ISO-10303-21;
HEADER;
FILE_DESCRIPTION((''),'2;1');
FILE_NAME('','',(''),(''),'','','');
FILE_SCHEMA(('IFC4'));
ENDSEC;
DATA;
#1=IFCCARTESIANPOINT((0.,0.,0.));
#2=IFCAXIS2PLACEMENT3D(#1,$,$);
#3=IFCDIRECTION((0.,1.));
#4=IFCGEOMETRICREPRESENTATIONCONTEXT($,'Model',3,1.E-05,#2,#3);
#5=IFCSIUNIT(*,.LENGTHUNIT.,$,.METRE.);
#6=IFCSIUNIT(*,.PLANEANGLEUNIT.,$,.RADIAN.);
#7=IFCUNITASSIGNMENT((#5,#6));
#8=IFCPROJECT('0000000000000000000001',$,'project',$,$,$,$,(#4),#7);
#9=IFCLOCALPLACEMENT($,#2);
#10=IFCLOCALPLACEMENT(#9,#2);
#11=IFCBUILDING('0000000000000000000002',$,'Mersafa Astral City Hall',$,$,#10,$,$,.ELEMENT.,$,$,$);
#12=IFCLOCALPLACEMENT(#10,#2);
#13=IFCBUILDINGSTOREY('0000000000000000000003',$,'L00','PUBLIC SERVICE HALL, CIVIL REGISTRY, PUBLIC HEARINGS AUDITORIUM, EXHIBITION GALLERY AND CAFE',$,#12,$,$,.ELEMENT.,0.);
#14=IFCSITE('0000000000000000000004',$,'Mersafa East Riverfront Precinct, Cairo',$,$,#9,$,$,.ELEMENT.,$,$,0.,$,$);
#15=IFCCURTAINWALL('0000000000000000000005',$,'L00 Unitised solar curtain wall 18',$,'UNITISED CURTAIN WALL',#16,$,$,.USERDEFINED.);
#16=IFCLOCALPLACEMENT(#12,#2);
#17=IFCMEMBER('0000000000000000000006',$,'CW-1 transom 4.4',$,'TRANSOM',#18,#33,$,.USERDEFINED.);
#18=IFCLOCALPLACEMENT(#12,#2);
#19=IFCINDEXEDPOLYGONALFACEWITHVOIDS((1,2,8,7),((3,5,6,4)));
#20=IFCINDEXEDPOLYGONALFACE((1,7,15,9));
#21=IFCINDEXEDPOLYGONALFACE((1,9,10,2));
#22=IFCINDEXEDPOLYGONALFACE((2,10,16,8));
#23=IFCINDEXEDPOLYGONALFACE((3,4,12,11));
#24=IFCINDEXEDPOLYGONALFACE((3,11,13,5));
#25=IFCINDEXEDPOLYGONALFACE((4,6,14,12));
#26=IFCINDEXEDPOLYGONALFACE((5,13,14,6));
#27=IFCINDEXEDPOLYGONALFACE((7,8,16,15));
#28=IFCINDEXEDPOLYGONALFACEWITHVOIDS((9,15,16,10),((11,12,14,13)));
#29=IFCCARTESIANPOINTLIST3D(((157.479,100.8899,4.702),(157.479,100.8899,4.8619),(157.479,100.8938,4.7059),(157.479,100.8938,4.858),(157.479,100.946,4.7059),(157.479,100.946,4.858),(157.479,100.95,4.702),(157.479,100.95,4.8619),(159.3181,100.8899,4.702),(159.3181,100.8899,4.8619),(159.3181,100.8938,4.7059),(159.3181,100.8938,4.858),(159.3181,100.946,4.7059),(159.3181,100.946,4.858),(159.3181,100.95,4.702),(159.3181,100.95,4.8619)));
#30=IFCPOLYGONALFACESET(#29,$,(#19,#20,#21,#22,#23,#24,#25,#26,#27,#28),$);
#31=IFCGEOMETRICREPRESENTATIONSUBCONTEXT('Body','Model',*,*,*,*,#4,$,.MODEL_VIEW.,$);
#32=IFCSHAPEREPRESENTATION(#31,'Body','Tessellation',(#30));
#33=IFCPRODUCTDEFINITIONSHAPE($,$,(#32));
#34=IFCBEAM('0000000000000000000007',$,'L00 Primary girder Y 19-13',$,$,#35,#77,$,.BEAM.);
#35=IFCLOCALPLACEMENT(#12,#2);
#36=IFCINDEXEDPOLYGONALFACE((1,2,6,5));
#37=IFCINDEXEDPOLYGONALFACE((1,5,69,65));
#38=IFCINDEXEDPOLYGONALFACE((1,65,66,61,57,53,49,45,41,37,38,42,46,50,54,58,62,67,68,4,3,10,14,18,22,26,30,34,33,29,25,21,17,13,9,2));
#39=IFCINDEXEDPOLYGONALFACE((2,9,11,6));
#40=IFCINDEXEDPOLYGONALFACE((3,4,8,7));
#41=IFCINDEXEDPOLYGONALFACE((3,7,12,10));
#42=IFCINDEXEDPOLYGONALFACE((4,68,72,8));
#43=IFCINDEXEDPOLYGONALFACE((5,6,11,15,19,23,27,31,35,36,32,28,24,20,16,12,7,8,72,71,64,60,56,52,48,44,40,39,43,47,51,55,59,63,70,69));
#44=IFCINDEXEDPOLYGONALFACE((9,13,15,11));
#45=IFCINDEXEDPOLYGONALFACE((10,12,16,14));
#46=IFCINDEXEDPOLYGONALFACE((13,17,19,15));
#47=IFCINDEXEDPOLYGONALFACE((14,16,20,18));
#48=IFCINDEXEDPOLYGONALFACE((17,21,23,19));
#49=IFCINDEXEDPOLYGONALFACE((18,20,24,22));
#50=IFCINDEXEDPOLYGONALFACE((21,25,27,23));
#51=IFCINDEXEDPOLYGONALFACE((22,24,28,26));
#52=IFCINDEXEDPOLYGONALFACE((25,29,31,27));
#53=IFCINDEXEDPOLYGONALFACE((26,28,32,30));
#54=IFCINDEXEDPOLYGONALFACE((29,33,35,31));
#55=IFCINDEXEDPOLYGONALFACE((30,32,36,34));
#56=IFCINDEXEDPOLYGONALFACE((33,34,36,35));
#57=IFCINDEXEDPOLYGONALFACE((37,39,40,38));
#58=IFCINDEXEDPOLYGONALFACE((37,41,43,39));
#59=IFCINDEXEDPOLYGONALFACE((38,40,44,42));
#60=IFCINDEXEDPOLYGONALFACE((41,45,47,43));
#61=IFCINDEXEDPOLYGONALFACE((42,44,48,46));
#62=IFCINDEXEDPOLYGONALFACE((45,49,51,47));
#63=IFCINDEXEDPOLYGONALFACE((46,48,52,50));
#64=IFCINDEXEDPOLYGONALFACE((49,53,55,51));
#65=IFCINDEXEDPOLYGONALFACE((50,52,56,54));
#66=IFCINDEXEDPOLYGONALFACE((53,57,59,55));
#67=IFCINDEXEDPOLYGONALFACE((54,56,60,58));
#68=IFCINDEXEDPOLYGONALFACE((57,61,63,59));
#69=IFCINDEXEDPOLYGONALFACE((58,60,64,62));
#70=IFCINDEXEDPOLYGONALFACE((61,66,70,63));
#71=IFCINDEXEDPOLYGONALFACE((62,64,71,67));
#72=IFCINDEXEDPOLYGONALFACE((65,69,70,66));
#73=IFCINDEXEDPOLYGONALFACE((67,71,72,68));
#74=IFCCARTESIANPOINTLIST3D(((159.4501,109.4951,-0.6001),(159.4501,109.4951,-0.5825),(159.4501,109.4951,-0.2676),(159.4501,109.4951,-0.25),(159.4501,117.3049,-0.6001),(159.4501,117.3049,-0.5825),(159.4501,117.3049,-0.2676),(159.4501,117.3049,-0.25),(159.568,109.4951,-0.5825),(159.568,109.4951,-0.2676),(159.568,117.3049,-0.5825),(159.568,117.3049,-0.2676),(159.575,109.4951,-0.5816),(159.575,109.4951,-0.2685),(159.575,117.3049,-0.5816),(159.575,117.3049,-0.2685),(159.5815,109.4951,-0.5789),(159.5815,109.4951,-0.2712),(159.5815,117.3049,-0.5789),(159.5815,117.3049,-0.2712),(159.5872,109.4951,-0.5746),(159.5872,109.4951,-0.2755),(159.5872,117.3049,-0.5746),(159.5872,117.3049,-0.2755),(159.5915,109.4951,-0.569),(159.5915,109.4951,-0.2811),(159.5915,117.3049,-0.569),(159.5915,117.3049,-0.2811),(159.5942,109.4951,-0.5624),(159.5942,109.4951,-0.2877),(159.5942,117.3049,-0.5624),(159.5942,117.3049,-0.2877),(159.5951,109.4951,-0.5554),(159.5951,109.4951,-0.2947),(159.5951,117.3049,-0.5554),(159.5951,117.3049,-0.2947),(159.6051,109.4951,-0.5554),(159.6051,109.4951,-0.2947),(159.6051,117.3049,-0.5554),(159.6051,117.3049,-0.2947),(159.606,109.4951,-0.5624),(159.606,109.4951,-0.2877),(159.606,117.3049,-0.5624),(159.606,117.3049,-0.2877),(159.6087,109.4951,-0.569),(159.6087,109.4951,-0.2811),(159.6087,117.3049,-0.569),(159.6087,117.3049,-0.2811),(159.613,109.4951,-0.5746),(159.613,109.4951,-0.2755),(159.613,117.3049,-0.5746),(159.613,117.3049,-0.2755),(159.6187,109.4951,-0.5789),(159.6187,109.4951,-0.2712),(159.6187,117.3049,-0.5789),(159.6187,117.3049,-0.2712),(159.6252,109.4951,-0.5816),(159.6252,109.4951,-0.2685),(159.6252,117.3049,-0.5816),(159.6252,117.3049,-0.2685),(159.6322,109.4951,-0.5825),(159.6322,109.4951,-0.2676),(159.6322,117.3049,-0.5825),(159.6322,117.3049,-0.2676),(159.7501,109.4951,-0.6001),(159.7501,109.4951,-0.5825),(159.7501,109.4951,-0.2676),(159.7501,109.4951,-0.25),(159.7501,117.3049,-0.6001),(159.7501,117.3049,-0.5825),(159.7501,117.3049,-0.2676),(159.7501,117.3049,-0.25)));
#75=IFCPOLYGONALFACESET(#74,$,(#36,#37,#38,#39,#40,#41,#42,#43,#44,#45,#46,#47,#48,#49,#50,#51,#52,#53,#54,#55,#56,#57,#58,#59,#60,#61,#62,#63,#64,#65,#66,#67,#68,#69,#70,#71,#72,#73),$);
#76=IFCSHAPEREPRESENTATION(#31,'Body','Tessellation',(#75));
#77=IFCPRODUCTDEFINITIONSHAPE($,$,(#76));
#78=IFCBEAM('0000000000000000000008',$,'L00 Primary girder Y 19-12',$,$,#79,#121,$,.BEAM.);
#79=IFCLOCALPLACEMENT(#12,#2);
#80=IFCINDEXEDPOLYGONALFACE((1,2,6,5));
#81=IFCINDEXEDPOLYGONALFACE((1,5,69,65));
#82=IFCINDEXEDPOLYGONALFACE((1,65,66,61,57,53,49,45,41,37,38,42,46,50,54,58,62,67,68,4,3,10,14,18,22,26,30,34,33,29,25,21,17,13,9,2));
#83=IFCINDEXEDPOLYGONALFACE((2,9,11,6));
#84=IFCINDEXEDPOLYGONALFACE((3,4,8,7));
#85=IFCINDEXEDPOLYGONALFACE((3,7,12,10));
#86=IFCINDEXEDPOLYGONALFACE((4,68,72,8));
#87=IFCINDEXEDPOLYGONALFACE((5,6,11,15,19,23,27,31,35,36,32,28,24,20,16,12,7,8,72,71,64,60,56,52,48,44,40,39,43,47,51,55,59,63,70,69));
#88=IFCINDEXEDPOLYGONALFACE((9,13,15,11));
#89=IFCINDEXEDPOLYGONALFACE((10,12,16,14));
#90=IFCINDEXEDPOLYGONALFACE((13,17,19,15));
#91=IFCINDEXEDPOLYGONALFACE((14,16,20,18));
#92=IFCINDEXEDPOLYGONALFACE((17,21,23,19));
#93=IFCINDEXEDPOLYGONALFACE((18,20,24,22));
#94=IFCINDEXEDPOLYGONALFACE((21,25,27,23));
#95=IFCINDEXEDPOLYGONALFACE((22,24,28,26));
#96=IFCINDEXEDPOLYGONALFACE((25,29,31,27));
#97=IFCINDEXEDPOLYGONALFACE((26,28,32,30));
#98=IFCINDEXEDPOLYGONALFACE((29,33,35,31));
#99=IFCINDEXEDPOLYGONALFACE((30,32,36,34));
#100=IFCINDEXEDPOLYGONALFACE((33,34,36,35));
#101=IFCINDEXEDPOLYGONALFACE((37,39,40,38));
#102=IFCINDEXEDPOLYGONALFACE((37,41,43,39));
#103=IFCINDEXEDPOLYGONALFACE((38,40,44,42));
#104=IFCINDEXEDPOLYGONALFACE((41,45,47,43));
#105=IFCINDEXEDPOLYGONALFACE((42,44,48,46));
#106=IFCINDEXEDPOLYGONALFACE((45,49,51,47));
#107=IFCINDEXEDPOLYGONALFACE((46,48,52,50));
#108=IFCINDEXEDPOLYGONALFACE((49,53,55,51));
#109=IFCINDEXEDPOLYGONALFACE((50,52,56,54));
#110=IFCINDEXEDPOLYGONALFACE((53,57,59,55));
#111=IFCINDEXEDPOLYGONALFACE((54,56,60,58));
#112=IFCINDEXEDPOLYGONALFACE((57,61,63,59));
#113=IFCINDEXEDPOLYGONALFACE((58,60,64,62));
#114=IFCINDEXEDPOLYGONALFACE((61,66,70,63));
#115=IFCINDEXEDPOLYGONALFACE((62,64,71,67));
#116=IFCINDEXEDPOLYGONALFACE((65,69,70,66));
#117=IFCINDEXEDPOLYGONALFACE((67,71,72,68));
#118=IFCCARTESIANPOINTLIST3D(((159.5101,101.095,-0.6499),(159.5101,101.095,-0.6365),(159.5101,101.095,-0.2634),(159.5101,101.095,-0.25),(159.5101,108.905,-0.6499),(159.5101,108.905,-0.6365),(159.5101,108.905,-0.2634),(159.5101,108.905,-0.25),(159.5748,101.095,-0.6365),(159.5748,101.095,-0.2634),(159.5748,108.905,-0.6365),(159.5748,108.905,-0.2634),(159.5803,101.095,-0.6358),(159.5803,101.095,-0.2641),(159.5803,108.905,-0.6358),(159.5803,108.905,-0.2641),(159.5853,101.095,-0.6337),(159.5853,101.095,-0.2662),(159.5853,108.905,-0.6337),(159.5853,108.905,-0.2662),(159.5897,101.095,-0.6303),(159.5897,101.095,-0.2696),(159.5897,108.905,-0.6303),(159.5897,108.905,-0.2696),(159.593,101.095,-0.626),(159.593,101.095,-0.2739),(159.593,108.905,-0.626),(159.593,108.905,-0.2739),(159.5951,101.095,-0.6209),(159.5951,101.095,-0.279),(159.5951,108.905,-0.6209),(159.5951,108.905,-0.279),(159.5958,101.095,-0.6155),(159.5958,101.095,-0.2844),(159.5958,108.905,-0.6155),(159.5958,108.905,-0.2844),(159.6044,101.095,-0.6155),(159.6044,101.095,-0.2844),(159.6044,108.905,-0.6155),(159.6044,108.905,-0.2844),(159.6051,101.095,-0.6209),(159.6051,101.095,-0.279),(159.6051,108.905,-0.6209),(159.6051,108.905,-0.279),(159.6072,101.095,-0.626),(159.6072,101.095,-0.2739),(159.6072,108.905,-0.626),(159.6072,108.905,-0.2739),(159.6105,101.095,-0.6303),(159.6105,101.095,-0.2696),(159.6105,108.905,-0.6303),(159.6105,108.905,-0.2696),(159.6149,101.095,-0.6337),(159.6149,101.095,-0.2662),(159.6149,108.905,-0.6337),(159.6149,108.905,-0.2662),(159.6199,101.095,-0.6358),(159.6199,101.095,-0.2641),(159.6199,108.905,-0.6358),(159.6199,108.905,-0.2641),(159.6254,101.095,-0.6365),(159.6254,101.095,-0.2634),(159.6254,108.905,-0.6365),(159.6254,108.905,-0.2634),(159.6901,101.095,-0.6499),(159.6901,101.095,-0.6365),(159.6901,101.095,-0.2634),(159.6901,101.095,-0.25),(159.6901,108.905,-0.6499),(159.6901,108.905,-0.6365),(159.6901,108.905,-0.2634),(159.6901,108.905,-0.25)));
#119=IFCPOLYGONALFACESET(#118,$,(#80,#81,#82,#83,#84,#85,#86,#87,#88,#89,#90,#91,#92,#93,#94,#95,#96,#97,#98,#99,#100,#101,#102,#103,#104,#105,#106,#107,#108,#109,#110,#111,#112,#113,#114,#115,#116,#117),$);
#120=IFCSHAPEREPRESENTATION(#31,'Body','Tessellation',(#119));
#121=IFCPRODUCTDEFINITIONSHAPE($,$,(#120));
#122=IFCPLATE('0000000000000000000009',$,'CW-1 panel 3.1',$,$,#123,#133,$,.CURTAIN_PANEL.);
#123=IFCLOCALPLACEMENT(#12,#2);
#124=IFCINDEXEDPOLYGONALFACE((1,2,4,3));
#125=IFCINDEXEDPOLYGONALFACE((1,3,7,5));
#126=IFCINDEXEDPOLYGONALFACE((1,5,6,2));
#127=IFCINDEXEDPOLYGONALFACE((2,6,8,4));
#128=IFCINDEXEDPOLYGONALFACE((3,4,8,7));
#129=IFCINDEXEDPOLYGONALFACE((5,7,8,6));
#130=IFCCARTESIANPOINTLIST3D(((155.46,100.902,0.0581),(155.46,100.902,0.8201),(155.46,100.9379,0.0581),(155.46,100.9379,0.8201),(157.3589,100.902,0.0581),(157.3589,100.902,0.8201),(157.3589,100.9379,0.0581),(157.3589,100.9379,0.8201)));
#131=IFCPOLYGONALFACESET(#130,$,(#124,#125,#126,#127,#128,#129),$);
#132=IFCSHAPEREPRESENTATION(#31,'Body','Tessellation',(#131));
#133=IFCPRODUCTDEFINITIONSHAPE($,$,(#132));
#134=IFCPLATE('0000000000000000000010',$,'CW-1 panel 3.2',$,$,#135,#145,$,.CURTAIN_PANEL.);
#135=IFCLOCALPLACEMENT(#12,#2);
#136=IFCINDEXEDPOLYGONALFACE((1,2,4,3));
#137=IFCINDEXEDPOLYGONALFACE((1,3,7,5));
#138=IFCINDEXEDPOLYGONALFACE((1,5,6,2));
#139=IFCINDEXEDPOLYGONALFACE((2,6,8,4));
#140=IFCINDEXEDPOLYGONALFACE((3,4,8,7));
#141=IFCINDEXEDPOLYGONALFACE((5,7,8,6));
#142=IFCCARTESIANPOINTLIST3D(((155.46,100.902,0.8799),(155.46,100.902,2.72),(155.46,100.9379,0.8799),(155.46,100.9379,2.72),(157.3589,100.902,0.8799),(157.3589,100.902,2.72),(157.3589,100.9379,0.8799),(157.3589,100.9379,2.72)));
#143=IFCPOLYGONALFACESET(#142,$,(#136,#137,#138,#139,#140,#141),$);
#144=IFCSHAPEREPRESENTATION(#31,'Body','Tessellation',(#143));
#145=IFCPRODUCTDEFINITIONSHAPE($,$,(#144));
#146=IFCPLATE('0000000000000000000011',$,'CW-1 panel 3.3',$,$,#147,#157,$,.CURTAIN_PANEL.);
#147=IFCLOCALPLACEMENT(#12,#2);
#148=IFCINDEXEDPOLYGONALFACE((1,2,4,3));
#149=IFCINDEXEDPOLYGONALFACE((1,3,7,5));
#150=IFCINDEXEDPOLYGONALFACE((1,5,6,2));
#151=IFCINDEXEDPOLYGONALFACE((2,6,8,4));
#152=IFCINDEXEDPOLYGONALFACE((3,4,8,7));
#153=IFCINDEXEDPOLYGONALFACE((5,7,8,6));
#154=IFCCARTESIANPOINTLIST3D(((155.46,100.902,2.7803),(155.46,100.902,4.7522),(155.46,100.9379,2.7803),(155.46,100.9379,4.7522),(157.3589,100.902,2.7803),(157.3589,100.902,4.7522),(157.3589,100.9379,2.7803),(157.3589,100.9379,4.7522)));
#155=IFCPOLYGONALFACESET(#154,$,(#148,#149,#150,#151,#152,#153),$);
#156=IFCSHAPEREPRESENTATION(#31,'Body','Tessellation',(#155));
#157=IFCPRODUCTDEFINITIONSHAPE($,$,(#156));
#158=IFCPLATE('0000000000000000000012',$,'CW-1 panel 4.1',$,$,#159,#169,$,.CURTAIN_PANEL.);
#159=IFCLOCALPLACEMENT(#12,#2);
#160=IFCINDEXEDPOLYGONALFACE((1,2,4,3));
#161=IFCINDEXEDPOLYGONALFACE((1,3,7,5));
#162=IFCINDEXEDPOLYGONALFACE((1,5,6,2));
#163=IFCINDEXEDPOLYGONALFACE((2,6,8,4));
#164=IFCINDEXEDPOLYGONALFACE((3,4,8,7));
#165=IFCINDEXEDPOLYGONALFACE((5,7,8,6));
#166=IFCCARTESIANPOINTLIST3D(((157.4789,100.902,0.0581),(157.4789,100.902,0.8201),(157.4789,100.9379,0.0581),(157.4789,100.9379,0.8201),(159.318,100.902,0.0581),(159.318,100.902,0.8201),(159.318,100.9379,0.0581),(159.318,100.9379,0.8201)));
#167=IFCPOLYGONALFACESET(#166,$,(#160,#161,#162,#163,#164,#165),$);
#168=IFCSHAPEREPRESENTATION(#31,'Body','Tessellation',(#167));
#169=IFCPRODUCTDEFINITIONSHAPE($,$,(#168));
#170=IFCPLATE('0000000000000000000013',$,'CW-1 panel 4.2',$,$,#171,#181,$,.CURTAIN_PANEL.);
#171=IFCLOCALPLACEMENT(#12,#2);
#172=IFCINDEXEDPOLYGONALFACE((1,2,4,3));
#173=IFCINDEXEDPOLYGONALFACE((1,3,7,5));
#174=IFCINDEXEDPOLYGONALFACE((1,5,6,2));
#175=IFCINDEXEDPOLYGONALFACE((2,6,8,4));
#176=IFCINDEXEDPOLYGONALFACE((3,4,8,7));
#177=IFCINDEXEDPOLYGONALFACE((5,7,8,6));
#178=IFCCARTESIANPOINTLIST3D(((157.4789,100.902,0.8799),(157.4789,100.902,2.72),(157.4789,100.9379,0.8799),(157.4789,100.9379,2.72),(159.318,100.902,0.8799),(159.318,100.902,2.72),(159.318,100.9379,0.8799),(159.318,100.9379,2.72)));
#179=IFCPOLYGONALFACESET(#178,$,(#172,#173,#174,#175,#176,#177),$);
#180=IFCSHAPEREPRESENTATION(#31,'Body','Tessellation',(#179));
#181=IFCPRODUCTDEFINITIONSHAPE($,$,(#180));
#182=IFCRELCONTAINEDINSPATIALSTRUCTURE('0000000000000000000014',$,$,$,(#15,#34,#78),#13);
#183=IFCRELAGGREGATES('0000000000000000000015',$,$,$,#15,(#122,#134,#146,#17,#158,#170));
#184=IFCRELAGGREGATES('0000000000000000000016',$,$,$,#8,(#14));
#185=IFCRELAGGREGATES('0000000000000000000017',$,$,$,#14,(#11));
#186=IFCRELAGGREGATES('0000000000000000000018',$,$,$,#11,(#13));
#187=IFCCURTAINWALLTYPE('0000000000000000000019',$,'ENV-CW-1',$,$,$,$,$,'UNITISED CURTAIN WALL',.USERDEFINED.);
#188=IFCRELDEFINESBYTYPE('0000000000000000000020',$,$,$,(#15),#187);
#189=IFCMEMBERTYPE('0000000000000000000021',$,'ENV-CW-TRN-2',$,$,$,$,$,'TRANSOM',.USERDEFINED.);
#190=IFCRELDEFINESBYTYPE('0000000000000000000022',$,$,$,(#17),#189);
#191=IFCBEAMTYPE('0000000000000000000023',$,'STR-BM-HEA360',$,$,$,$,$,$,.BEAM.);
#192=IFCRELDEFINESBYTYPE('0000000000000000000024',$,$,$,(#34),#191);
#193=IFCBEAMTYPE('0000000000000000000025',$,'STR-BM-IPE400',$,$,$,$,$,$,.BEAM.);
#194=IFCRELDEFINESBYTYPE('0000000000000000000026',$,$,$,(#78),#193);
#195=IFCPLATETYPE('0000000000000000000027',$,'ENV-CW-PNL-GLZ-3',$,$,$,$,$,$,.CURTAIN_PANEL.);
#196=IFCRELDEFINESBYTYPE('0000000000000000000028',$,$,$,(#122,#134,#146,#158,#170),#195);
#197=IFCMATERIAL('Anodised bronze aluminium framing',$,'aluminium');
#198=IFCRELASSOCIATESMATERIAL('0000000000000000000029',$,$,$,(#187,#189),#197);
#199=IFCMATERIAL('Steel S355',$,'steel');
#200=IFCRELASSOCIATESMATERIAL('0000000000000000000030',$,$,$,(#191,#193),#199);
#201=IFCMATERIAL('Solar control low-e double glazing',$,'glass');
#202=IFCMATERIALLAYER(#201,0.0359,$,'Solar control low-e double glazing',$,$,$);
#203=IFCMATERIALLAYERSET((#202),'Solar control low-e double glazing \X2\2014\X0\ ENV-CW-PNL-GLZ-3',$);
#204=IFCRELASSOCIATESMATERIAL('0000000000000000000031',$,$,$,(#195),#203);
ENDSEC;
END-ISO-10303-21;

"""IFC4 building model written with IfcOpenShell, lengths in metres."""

from ifc_helpers import new_model, si_unit, direction, frame, origin, origin_2d, place, context, subcontext, project, spatial, rectangle, hollow_rectangle, i_section, extrude, material, layer, layer_set, material_profile, profile_set, type_object, element, aggregate, save


model = new_model("IFC4")

# Units and contexts
model_context = context("Model", 3, precision=1e-05, world=origin(), true_north=direction((0.0, 1.0)))
body_context = subcontext(model_context, "Body", "Model", "MODEL_VIEW")
ifc_project = project(units=[si_unit("LENGTHUNIT", "METRE"), si_unit("PLANEANGLEUNIT", "RADIAN")], contexts=[model_context])

# Site, building, storey
site_placement = place(None, origin())
site = spatial("IfcSite", under=ifc_project, at=site_placement, Name="Mersafa East Riverfront Precinct, Cairo", CompositionType="ELEMENT", RefElevation=0.0)
building_placement = place(site_placement, origin())
building = spatial("IfcBuilding", under=site, at=building_placement, Name="Mersafa Astral City Hall", CompositionType="ELEMENT")
storey_placement = place(building_placement, origin())
storey = spatial("IfcBuildingStorey", under=building, at=storey_placement, Name="L00", Description="PUBLIC SERVICE HALL, CIVIL REGISTRY, PUBLIC HEARINGS AUDITORIUM, EXHIBITION GALLERY AND CAFE", CompositionType="ELEMENT", Elevation=0.0)

# Shared definitions
ifc_material_1 = material(Name="Steel S355", Category="steel")

# Curtain wall, member
ifc_material_2 = material(Name="Anodised bronze aluminium framing", Category="aluminium")
curtain_wall_type = type_object("IfcCurtainWallType", Name="ENV-CW-1", ElementType="UNITISED CURTAIN WALL", PredefinedType="USERDEFINED", material=ifc_material_2)
curtain_wall_placement = place(storey_placement, origin())
curtain_wall = element("IfcCurtainWall", 1, at=curtain_wall_placement, inside=storey, type_object=curtain_wall_type, Name="L00 Unitised solar curtain wall 18", ObjectType="UNITISED CURTAIN WALL", PredefinedType="USERDEFINED")
ifc_material_profile_1 = material_profile(ifc_material_2, hollow_rectangle(XDim=0.0601, YDim=0.1599, WallThickness=0.0039, at=origin_2d()), Name="RHS 60x160x4")
ifc_profile_set_1 = profile_set([ifc_material_profile_1], Name="Anodised bronze aluminium framing")
member_type_1 = type_object("IfcMemberType", Name="ENV-CW-TRN-2", ElementType="TRANSOM", PredefinedType="USERDEFINED", material=ifc_profile_set_1)
member_1_placement = place(storey_placement, frame((157.479, 100.9199, 4.782), z_axis=(1.0, 0.0, 0.0), x_axis=(0.0, 1.0, 0.0)))
member_1 = element("IfcMember", 2, at=member_1_placement, type_object=member_type_1, Name="CW-1 transom 4.4", ObjectType="TRANSOM", PredefinedType="USERDEFINED", context=body_context, shape_type="SweptSolid", body=[
    extrude(hollow_rectangle(XDim=0.0601, YDim=0.1599, WallThickness=0.0039, at=origin_2d()), origin(), (0.0, 0.0, 1.0), 1.8391),
])

# Beams
ifc_material_profile_2 = material_profile(ifc_material_1, i_section(OverallWidth=0.3, OverallDepth=0.3501, WebThickness=0.01, FlangeThickness=0.0176, FilletRadius=0.0271, at=origin_2d()), Name="HEA 360")
ifc_profile_set_2 = profile_set([ifc_material_profile_2], Name="Steel S355")
beam_type_1 = type_object("IfcBeamType", Name="STR-BM-HEA360", PredefinedType="BEAM", material=ifc_profile_set_2)
beam_1_placement = place(storey_placement, frame((159.6001, 109.4951, -0.425), z_axis=(0.0, 1.0, 0.0), x_axis=(-1.0, 0.0, 0.0)))
element("IfcBeam", 3, at=beam_1_placement, inside=storey, type_object=beam_type_1, Name="L00 Primary girder Y 19-13", PredefinedType="BEAM", context=body_context, shape_type="SweptSolid", body=[
    extrude(i_section(OverallWidth=0.3, OverallDepth=0.3501, WebThickness=0.01, FlangeThickness=0.0176, FilletRadius=0.0271, at=origin_2d()), origin(), (0.0, 0.0, 1.0), 7.8098),
])
ifc_material_profile_3 = material_profile(ifc_material_1, i_section(OverallWidth=0.1799, OverallDepth=0.3999, WebThickness=0.0085, FlangeThickness=0.0134, FilletRadius=0.021, at=origin_2d()), Name="IPE 400")
ifc_profile_set_3 = profile_set([ifc_material_profile_3], Name="Steel S355")
beam_type_2 = type_object("IfcBeamType", Name="STR-BM-IPE400", PredefinedType="BEAM", material=ifc_profile_set_3)
beam_2_placement = place(storey_placement, frame((159.6001, 101.095, -0.45), z_axis=(0.0, 1.0, 0.0), x_axis=(-1.0, 0.0, 0.0)))
element("IfcBeam", 4, at=beam_2_placement, inside=storey, type_object=beam_type_2, Name="L00 Primary girder Y 19-12", PredefinedType="BEAM", context=body_context, shape_type="SweptSolid", body=[
    extrude(i_section(OverallWidth=0.1799, OverallDepth=0.3999, WebThickness=0.0085, FlangeThickness=0.0134, FilletRadius=0.021, at=origin_2d()), origin(), (0.0, 0.0, 1.0), 7.8101),
])

# Plates
ifc_material_3 = material(Name="Solar control low-e double glazing", Category="glass")
ifc_layer_1 = layer(ifc_material_3, 0.0359, Name="Solar control low-e double glazing")
ifc_layer_set_1 = layer_set([ifc_layer_1], Name="Solar control low-e double glazing — ENV-CW-PNL-GLZ-3")
plate_type = type_object("IfcPlateType", Name="ENV-CW-PNL-GLZ-3", PredefinedType="CURTAIN_PANEL", material=ifc_layer_set_1)
plate_1_placement = place(storey_placement, frame((156.4094, 100.9199, 0.0581), z_axis=(0.0, 0.0, 1.0), x_axis=(1.0, 0.0, 0.0)))
plate_1 = element("IfcPlate", 5, at=plate_1_placement, type_object=plate_type, Name="CW-1 panel 3.1", PredefinedType="CURTAIN_PANEL", context=body_context, shape_type="SweptSolid", body=[
    extrude(rectangle(XDim=1.8989, YDim=0.0359, at=origin_2d()), origin(), (0.0, 0.0, 1.0), 0.762),
])
plate_2_placement = place(storey_placement, frame((156.4094, 100.9199, 0.8799), z_axis=(0.0, 0.0, 1.0), x_axis=(1.0, 0.0, 0.0)))
plate_2 = element("IfcPlate", 6, at=plate_2_placement, type_object=plate_type, Name="CW-1 panel 3.2", PredefinedType="CURTAIN_PANEL", context=body_context, shape_type="SweptSolid", body=[
    extrude(rectangle(XDim=1.8989, YDim=0.0359, at=origin_2d()), origin(), (0.0, 0.0, 1.0), 1.8401),
])
plate_3_placement = place(storey_placement, frame((156.4094, 100.9199, 2.7803), z_axis=(0.0, 0.0, 1.0), x_axis=(1.0, 0.0, 0.0)))
plate_3 = element("IfcPlate", 7, at=plate_3_placement, type_object=plate_type, Name="CW-1 panel 3.3", PredefinedType="CURTAIN_PANEL", context=body_context, shape_type="SweptSolid", body=[
    extrude(rectangle(XDim=1.8989, YDim=0.0359, at=origin_2d()), origin(), (0.0, 0.0, 1.0), 1.9719),
])
plate_4_placement = place(storey_placement, frame((158.3984, 100.9199, 0.0581), z_axis=(0.0, 0.0, 1.0), x_axis=(1.0, 0.0, 0.0)))
plate_4 = element("IfcPlate", 8, at=plate_4_placement, type_object=plate_type, Name="CW-1 panel 4.1", PredefinedType="CURTAIN_PANEL", context=body_context, shape_type="SweptSolid", body=[
    extrude(rectangle(XDim=1.8391, YDim=0.0359, at=origin_2d()), origin(), (0.0, 0.0, 1.0), 0.762),
])
plate_5_placement = place(storey_placement, frame((158.3984, 100.9199, 0.8799), z_axis=(0.0, 0.0, 1.0), x_axis=(1.0, 0.0, 0.0)))
plate_5 = element("IfcPlate", 9, at=plate_5_placement, type_object=plate_type, Name="CW-1 panel 4.2", PredefinedType="CURTAIN_PANEL", context=body_context, shape_type="SweptSolid", body=[
    extrude(rectangle(XDim=1.8391, YDim=0.0359, at=origin_2d()), origin(), (0.0, 0.0, 1.0), 1.8401),
])
aggregate(curtain_wall, [plate_1, plate_2, plate_3, member_1, plate_4, plate_5])

save(model, "model.ifc")
